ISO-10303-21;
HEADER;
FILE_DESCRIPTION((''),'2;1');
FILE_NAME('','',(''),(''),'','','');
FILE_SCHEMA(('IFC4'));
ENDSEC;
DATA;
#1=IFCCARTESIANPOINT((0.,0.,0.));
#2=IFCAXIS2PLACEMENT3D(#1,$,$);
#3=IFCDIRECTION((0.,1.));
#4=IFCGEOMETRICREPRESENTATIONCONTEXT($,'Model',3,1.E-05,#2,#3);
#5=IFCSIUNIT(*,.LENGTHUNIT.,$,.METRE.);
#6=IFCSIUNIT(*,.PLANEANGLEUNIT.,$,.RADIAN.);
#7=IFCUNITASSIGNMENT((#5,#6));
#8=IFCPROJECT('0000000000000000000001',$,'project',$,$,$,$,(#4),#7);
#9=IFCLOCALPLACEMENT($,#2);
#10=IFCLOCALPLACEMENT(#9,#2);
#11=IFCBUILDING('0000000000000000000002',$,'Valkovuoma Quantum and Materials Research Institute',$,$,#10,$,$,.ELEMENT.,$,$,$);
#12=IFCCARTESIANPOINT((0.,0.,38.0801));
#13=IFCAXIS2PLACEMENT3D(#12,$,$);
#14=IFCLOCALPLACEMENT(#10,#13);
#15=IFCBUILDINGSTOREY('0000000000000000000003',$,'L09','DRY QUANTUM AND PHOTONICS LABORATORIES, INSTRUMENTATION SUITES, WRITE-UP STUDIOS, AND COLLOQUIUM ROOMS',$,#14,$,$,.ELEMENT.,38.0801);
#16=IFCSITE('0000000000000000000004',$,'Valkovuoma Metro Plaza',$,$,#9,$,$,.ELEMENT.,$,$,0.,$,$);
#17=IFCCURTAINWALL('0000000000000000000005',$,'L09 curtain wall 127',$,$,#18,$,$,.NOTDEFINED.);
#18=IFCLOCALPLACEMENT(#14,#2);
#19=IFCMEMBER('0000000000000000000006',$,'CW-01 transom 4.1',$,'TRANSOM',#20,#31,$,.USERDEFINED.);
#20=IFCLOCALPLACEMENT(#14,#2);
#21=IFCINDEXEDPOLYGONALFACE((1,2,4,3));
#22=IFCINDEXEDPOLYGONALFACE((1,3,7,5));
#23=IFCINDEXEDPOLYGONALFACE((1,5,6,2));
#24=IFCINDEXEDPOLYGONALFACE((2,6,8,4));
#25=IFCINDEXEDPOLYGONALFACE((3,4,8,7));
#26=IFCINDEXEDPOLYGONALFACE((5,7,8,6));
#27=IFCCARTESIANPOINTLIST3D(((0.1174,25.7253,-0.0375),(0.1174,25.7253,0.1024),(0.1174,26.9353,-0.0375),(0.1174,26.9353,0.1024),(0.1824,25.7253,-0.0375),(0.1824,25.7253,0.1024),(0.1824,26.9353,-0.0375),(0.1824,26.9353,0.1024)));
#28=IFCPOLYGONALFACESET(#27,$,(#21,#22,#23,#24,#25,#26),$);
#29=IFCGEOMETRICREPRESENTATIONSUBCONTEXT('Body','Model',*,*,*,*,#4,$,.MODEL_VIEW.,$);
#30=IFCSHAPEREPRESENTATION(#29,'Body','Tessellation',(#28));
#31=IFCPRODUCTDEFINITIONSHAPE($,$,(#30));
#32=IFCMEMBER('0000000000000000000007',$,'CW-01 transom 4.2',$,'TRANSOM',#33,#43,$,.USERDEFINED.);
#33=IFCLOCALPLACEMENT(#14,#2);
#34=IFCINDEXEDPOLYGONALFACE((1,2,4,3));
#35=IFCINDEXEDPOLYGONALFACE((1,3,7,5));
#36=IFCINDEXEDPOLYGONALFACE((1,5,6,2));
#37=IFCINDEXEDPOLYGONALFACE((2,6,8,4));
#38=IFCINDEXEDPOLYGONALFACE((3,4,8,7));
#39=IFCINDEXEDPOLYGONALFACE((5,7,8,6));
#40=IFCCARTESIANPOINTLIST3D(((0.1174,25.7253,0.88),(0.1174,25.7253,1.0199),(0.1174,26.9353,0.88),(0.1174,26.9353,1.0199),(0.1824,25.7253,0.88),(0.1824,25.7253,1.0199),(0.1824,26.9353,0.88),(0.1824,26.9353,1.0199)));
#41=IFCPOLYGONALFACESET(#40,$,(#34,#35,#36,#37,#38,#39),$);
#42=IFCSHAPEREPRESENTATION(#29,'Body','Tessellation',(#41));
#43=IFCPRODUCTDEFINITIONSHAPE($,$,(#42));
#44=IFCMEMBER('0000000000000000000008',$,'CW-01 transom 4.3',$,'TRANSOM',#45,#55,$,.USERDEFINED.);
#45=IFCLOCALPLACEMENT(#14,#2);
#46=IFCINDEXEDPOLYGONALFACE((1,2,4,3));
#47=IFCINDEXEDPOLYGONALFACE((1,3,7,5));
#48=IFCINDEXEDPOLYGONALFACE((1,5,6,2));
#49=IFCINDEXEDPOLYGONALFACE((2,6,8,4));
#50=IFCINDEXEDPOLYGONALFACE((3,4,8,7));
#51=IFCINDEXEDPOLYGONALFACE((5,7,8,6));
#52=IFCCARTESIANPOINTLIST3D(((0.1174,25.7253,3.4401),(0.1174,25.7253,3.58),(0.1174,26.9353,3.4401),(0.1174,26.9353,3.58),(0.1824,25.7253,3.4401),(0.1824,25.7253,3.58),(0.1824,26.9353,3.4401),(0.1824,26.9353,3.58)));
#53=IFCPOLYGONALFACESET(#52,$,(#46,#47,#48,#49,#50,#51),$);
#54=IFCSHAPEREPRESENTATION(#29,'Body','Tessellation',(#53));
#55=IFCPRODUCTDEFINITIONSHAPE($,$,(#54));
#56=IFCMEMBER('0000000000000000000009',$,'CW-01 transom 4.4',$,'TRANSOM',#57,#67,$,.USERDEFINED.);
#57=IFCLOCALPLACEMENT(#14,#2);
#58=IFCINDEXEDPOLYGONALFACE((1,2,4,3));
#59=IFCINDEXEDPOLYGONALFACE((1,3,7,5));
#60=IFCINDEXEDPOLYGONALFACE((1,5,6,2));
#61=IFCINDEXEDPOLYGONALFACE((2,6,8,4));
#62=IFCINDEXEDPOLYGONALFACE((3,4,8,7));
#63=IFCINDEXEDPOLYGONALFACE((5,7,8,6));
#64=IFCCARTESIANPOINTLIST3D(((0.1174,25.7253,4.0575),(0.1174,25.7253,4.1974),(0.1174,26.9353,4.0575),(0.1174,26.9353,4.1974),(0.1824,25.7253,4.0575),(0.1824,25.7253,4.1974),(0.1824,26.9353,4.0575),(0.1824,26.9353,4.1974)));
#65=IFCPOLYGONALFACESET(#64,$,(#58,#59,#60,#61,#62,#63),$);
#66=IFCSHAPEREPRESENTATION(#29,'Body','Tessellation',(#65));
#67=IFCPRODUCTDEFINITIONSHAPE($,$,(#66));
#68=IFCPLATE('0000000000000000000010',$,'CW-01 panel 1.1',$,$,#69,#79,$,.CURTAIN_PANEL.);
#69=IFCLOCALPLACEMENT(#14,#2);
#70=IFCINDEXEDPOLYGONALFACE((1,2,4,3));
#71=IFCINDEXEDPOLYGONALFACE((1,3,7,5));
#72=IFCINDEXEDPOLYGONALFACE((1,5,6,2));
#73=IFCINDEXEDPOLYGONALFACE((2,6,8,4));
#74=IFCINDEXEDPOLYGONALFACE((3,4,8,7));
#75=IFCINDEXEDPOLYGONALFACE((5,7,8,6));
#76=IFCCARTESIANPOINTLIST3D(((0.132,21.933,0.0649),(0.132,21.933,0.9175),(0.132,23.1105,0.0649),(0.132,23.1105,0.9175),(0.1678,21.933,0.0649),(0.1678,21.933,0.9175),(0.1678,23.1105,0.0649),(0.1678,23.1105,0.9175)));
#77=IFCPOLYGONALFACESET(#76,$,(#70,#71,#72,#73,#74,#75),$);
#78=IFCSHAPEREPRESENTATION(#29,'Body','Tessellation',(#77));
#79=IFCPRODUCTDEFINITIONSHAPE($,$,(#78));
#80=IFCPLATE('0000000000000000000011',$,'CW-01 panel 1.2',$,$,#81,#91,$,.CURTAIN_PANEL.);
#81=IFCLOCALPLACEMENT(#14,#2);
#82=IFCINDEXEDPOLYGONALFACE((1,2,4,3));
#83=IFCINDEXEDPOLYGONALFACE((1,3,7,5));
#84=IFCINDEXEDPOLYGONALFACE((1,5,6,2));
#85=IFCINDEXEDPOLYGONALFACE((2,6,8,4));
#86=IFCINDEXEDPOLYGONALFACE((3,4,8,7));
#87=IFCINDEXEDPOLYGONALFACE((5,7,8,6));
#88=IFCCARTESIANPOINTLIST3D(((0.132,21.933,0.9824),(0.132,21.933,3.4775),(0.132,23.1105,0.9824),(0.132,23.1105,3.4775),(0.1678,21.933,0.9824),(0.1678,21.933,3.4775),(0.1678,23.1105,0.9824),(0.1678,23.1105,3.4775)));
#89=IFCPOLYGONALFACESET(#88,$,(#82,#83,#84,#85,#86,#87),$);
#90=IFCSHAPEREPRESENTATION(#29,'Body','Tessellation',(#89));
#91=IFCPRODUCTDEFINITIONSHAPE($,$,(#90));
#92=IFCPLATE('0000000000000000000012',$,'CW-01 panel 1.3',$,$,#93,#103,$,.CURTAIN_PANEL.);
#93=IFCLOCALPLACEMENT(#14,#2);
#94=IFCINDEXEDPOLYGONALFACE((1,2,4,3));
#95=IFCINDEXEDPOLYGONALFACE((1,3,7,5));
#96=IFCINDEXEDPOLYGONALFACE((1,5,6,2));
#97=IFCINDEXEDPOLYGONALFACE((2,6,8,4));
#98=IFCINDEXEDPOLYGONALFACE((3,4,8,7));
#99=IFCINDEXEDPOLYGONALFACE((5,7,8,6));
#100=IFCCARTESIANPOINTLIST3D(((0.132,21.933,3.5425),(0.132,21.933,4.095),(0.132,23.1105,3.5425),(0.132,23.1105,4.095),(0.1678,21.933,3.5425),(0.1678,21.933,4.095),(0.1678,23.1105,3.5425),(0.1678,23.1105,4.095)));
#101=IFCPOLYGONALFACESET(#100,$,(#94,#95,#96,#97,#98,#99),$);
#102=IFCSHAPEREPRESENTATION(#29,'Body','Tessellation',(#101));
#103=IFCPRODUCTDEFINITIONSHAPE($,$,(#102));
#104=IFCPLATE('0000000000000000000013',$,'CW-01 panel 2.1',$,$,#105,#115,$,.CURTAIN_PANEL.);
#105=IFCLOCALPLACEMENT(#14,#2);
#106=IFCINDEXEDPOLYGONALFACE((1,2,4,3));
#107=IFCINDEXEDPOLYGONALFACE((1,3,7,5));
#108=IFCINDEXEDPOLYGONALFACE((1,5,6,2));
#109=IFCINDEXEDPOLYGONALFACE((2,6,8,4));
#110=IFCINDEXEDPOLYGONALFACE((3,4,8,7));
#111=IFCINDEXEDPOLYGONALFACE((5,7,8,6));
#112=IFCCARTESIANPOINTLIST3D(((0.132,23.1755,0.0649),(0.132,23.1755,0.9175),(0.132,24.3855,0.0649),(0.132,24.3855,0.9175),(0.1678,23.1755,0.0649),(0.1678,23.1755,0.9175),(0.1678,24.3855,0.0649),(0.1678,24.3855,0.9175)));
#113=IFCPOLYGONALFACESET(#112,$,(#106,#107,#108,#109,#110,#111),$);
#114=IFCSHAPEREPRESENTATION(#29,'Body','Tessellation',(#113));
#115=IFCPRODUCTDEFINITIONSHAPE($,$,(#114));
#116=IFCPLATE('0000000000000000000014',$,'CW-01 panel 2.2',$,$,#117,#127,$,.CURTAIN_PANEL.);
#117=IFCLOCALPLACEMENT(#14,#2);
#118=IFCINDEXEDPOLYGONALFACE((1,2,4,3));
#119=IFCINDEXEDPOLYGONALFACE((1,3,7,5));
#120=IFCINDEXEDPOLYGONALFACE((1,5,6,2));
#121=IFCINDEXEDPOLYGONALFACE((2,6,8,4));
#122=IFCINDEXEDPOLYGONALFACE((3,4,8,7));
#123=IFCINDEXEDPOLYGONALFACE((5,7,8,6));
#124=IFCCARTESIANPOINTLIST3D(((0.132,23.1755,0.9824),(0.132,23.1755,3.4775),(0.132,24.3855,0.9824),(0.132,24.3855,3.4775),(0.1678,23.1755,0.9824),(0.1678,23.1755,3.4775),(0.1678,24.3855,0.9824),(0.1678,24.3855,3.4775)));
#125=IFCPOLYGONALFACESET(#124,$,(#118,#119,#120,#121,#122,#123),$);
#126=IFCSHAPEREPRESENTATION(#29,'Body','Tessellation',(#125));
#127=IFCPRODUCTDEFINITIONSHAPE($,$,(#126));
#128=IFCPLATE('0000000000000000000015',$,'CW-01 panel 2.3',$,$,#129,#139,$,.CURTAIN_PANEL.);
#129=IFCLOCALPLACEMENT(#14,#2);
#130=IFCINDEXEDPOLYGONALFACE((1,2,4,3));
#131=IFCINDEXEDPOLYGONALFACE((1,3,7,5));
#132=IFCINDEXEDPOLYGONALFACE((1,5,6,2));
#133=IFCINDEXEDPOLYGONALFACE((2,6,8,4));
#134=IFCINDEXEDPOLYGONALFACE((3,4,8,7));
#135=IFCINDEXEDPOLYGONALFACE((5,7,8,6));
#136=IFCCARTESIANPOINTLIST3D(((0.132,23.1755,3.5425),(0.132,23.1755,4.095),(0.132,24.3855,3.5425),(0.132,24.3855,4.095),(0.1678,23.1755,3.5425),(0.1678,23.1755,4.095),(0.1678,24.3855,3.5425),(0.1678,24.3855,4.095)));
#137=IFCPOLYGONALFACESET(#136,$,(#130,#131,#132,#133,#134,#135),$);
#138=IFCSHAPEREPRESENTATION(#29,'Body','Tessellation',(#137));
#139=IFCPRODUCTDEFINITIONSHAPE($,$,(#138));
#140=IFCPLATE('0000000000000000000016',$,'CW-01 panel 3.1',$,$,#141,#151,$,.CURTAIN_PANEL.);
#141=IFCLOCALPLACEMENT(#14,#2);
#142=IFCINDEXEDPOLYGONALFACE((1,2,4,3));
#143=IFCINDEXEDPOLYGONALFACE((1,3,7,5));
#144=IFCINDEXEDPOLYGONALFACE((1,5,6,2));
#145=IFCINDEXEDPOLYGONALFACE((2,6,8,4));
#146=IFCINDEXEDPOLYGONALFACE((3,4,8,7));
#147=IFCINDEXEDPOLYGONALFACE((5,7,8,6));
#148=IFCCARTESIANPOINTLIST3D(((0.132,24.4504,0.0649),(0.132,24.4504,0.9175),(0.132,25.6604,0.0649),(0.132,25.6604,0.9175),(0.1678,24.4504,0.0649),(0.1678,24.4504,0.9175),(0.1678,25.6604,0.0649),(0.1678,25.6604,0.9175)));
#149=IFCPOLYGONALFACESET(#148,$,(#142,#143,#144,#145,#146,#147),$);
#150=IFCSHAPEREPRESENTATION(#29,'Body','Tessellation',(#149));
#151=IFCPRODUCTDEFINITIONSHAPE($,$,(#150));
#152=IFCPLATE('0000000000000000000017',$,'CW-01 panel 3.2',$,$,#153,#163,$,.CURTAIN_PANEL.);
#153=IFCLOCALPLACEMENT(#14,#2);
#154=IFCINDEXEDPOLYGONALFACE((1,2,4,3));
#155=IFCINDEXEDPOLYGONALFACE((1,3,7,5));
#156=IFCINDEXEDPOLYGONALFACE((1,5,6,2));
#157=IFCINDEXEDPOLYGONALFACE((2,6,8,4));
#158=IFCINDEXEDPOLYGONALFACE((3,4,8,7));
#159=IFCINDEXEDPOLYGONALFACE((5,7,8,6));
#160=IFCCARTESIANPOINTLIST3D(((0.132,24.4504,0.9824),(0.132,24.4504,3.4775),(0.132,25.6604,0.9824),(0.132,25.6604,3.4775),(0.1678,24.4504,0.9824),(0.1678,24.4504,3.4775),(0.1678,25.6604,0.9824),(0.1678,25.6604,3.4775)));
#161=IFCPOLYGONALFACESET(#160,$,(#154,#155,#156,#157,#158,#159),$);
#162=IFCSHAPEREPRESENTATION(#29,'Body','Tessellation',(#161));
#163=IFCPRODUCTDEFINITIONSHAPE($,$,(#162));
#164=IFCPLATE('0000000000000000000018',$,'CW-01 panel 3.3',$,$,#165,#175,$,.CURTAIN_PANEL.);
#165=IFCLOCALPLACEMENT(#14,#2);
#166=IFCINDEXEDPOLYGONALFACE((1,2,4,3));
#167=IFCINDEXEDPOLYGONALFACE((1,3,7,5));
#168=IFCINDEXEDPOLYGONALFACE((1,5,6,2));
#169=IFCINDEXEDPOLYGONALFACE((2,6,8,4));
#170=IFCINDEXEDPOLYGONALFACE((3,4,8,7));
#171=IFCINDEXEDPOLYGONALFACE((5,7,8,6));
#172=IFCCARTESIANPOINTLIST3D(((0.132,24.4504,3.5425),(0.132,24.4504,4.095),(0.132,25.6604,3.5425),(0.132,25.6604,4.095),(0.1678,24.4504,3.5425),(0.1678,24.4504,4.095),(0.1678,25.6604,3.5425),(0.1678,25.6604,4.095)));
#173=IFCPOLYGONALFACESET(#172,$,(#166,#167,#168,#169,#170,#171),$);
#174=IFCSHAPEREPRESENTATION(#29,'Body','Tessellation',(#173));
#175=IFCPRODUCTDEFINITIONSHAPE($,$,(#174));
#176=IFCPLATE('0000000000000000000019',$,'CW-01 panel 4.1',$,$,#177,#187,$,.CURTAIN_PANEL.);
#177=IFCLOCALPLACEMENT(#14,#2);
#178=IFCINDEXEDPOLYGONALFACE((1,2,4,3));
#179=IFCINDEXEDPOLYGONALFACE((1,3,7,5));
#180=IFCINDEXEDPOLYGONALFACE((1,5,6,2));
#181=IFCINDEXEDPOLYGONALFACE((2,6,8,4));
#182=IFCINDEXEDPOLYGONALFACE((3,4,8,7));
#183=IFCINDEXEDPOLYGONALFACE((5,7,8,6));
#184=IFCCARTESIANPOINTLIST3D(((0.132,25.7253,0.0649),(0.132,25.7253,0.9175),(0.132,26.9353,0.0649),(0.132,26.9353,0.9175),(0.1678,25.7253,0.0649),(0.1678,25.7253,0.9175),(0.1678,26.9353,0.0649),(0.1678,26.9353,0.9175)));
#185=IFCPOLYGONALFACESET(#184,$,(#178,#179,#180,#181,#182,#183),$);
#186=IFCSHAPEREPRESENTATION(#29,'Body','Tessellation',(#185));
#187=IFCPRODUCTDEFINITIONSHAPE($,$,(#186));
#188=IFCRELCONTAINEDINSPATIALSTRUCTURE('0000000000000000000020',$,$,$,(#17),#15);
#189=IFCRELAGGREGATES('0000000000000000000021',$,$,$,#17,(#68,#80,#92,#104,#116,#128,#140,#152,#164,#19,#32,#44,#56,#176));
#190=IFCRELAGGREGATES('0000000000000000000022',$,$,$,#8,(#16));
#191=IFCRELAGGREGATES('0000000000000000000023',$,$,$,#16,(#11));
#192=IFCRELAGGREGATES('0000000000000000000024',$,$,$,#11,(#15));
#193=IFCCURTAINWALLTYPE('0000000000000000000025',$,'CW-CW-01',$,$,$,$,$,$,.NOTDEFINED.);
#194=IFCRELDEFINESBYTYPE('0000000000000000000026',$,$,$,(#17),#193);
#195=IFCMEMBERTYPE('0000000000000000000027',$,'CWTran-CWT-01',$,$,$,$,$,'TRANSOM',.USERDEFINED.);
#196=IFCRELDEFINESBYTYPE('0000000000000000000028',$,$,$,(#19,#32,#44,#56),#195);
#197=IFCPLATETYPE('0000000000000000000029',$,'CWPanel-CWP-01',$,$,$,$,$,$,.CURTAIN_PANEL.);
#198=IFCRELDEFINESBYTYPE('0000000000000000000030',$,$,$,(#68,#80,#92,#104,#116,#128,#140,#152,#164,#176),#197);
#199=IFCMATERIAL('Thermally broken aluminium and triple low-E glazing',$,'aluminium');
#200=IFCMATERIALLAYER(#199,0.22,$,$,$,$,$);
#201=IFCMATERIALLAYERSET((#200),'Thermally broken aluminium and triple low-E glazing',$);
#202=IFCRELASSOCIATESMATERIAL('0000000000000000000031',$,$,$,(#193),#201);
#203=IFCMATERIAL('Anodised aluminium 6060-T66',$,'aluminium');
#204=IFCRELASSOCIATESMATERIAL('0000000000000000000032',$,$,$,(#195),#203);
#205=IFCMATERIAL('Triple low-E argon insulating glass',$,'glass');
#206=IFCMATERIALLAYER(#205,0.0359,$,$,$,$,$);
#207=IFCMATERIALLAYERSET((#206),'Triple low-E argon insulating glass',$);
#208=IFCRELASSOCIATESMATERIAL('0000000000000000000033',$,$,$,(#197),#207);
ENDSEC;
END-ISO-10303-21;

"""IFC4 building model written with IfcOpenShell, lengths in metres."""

from ifc_helpers import new_model, si_unit, direction, frame, origin, origin_2d, place, context, subcontext, project, spatial, rectangle, extrude, material, layer, layer_set, material_profile, profile_set, type_object, element, aggregate, save


model = new_model("IFC4")

# Units and contexts
model_context = context("Model", 3, precision=1e-05, world=origin(), true_north=direction((0.0, 1.0)))
body_context = subcontext(model_context, "Body", "Model", "MODEL_VIEW")
ifc_project = project(units=[si_unit("LENGTHUNIT", "METRE"), si_unit("PLANEANGLEUNIT", "RADIAN")], contexts=[model_context])

# Site, building, storey
site_placement = place(None, origin())
site = spatial("IfcSite", under=ifc_project, at=site_placement, Name="Valkovuoma Metro Plaza", CompositionType="ELEMENT", RefElevation=0.0)
building_placement = place(site_placement, origin())
building = spatial("IfcBuilding", under=site, at=building_placement, Name="Valkovuoma Quantum and Materials Research Institute", CompositionType="ELEMENT")
storey_placement = place(building_placement, frame((0.0, 0.0, 38.0801)))
storey = spatial("IfcBuildingStorey", under=building, at=storey_placement, Name="L09", Description="DRY QUANTUM AND PHOTONICS LABORATORIES, INSTRUMENTATION SUITES, WRITE-UP STUDIOS, AND COLLOQUIUM ROOMS", CompositionType="ELEMENT", Elevation=38.0801)

# Curtain wall, members, plates
ifc_material_1 = material(Name="Thermally broken aluminium and triple low-E glazing", Category="aluminium")
ifc_layer_1 = layer(ifc_material_1, 0.22)
ifc_layer_set_1 = layer_set([ifc_layer_1], Name="Thermally broken aluminium and triple low-E glazing")
curtain_wall_type = type_object("IfcCurtainWallType", Name="CW-CW-01", PredefinedType="NOTDEFINED", material=ifc_layer_set_1)
curtain_wall_placement = place(storey_placement, origin())
curtain_wall = element("IfcCurtainWall", 1, at=curtain_wall_placement, inside=storey, type_object=curtain_wall_type, Name="L09 curtain wall 127", PredefinedType="NOTDEFINED")
ifc_material_2 = material(Name="Anodised aluminium 6060-T66", Category="aluminium")
ifc_material_profile_1 = material_profile(ifc_material_2, rectangle(XDim=0.0649, YDim=0.1399, at=origin_2d()), Name="Anodised aluminium 6060-T66")
ifc_profile_set_1 = profile_set([ifc_material_profile_1], Name="Anodised aluminium 6060-T66")
member_type_1 = type_object("IfcMemberType", Name="CWTran-CWT-01", ElementType="TRANSOM", PredefinedType="USERDEFINED", material=ifc_profile_set_1)
member_1_placement = place(storey_placement, frame((0.1499, 25.7253, 0.0325), z_axis=(0.0, 1.0, 0.0), x_axis=(-1.0, 0.0, 0.0)))
member_1 = element("IfcMember", 2, at=member_1_placement, type_object=member_type_1, Name="CW-01 transom 4.1", ObjectType="TRANSOM", PredefinedType="USERDEFINED", context=body_context, shape_type="SweptSolid", body=[
    extrude(rectangle(XDim=0.0649, YDim=0.1399, at=origin_2d()), origin(), (0.0, 0.0, 1.0), 1.21),
])
member_2_placement = place(storey_placement, frame((0.1499, 25.7253, 0.95), z_axis=(0.0, 1.0, 0.0), x_axis=(-1.0, 0.0, 0.0)))
member_2 = element("IfcMember", 3, at=member_2_placement, type_object=member_type_1, Name="CW-01 transom 4.2", ObjectType="TRANSOM", PredefinedType="USERDEFINED", context=body_context, shape_type="SweptSolid", body=[
    extrude(rectangle(XDim=0.0649, YDim=0.1399, at=origin_2d()), origin(), (0.0, 0.0, 1.0), 1.21),
])
member_3_placement = place(storey_placement, frame((0.1499, 25.7253, 3.51), z_axis=(0.0, 1.0, 0.0), x_axis=(-1.0, 0.0, 0.0)))
member_3 = element("IfcMember", 4, at=member_3_placement, type_object=member_type_1, Name="CW-01 transom 4.3", ObjectType="TRANSOM", PredefinedType="USERDEFINED", context=body_context, shape_type="SweptSolid", body=[
    extrude(rectangle(XDim=0.0649, YDim=0.1399, at=origin_2d()), origin(), (0.0, 0.0, 1.0), 1.21),
])
member_4_placement = place(storey_placement, frame((0.1499, 25.7253, 4.1274), z_axis=(0.0, 1.0, 0.0), x_axis=(-1.0, 0.0, 0.0)))
member_4 = element("IfcMember", 5, at=member_4_placement, type_object=member_type_1, Name="CW-01 transom 4.4", ObjectType="TRANSOM", PredefinedType="USERDEFINED", context=body_context, shape_type="SweptSolid", body=[
    extrude(rectangle(XDim=0.0649, YDim=0.1399, at=origin_2d()), origin(), (0.0, 0.0, 1.0), 1.21),
])
ifc_material_3 = material(Name="Triple low-E argon insulating glass", Category="glass")
ifc_layer_2 = layer(ifc_material_3, 0.0359)
ifc_layer_set_2 = layer_set([ifc_layer_2], Name="Triple low-E argon insulating glass")
plate_type = type_object("IfcPlateType", Name="CWPanel-CWP-01", PredefinedType="CURTAIN_PANEL", material=ifc_layer_set_2)
plate_1_placement = place(storey_placement, frame((0.1499, 22.5217, 0.0649), z_axis=(0.0, 0.0, 1.0), x_axis=(0.0, 1.0, 0.0)))
plate_1 = element("IfcPlate", 6, at=plate_1_placement, type_object=plate_type, Name="CW-01 panel 1.1", PredefinedType="CURTAIN_PANEL", context=body_context, shape_type="SweptSolid", body=[
    extrude(rectangle(XDim=1.1775, YDim=0.0359, at=origin_2d()), origin(), (0.0, 0.0, 1.0), 0.8525),
])
plate_2_placement = place(storey_placement, frame((0.1499, 22.5217, 0.9824), z_axis=(0.0, 0.0, 1.0), x_axis=(0.0, 1.0, 0.0)))
plate_2 = element("IfcPlate", 7, at=plate_2_placement, type_object=plate_type, Name="CW-01 panel 1.2", PredefinedType="CURTAIN_PANEL", context=body_context, shape_type="SweptSolid", body=[
    extrude(rectangle(XDim=1.1775, YDim=0.0359, at=origin_2d()), origin(), (0.0, 0.0, 1.0), 2.4951),
])
plate_3_placement = place(storey_placement, frame((0.1499, 22.5217, 3.5425), z_axis=(0.0, 0.0, 1.0), x_axis=(0.0, 1.0, 0.0)))
plate_3 = element("IfcPlate", 8, at=plate_3_placement, type_object=plate_type, Name="CW-01 panel 1.3", PredefinedType="CURTAIN_PANEL", context=body_context, shape_type="SweptSolid", body=[
    extrude(rectangle(XDim=1.1775, YDim=0.0359, at=origin_2d()), origin(), (0.0, 0.0, 1.0), 0.5525),
])
plate_4_placement = place(storey_placement, frame((0.1499, 23.7805, 0.0649), z_axis=(0.0, 0.0, 1.0), x_axis=(0.0, 1.0, 0.0)))
plate_4 = element("IfcPlate", 9, at=plate_4_placement, type_object=plate_type, Name="CW-01 panel 2.1", PredefinedType="CURTAIN_PANEL", context=body_context, shape_type="SweptSolid", body=[
    extrude(rectangle(XDim=1.21, YDim=0.0359, at=origin_2d()), origin(), (0.0, 0.0, 1.0), 0.8525),
])
plate_5_placement = place(storey_placement, frame((0.1499, 23.7805, 0.9824), z_axis=(0.0, 0.0, 1.0), x_axis=(0.0, 1.0, 0.0)))
plate_5 = element("IfcPlate", 10, at=plate_5_placement, type_object=plate_type, Name="CW-01 panel 2.2", PredefinedType="CURTAIN_PANEL", context=body_context, shape_type="SweptSolid", body=[
    extrude(rectangle(XDim=1.21, YDim=0.0359, at=origin_2d()), origin(), (0.0, 0.0, 1.0), 2.4951),
])
plate_6_placement = place(storey_placement, frame((0.1499, 23.7805, 3.5425), z_axis=(0.0, 0.0, 1.0), x_axis=(0.0, 1.0, 0.0)))
plate_6 = element("IfcPlate", 11, at=plate_6_placement, type_object=plate_type, Name="CW-01 panel 2.3", PredefinedType="CURTAIN_PANEL", context=body_context, shape_type="SweptSolid", body=[
    extrude(rectangle(XDim=1.21, YDim=0.0359, at=origin_2d()), origin(), (0.0, 0.0, 1.0), 0.5525),
])
plate_7_placement = place(storey_placement, frame((0.1499, 25.0554, 0.0649), z_axis=(0.0, 0.0, 1.0), x_axis=(0.0, 1.0, 0.0)))
plate_7 = element("IfcPlate", 12, at=plate_7_placement, type_object=plate_type, Name="CW-01 panel 3.1", PredefinedType="CURTAIN_PANEL", context=body_context, shape_type="SweptSolid", body=[
    extrude(rectangle(XDim=1.21, YDim=0.0359, at=origin_2d()), origin(), (0.0, 0.0, 1.0), 0.8525),
])
plate_8_placement = place(storey_placement, frame((0.1499, 25.0554, 0.9824), z_axis=(0.0, 0.0, 1.0), x_axis=(0.0, 1.0, 0.0)))
plate_8 = element("IfcPlate", 13, at=plate_8_placement, type_object=plate_type, Name="CW-01 panel 3.2", PredefinedType="CURTAIN_PANEL", context=body_context, shape_type="SweptSolid", body=[
    extrude(rectangle(XDim=1.21, YDim=0.0359, at=origin_2d()), origin(), (0.0, 0.0, 1.0), 2.4951),
])
plate_9_placement = place(storey_placement, frame((0.1499, 25.0554, 3.5425), z_axis=(0.0, 0.0, 1.0), x_axis=(0.0, 1.0, 0.0)))
plate_9 = element("IfcPlate", 14, at=plate_9_placement, type_object=plate_type, Name="CW-01 panel 3.3", PredefinedType="CURTAIN_PANEL", context=body_context, shape_type="SweptSolid", body=[
    extrude(rectangle(XDim=1.21, YDim=0.0359, at=origin_2d()), origin(), (0.0, 0.0, 1.0), 0.5525),
])
plate_10_placement = place(storey_placement, frame((0.1499, 26.3303, 0.0649), z_axis=(0.0, 0.0, 1.0), x_axis=(0.0, 1.0, 0.0)))
plate_10 = element("IfcPlate", 15, at=plate_10_placement, type_object=plate_type, Name="CW-01 panel 4.1", PredefinedType="CURTAIN_PANEL", context=body_context, shape_type="SweptSolid", body=[
    extrude(rectangle(XDim=1.21, YDim=0.0359, at=origin_2d()), origin(), (0.0, 0.0, 1.0), 0.8525),
])
aggregate(curtain_wall, [plate_1, plate_2, plate_3, plate_4, plate_5, plate_6, plate_7, plate_8, plate_9, member_1, member_2, member_3, member_4, plate_10])

save(model, "model.ifc")
